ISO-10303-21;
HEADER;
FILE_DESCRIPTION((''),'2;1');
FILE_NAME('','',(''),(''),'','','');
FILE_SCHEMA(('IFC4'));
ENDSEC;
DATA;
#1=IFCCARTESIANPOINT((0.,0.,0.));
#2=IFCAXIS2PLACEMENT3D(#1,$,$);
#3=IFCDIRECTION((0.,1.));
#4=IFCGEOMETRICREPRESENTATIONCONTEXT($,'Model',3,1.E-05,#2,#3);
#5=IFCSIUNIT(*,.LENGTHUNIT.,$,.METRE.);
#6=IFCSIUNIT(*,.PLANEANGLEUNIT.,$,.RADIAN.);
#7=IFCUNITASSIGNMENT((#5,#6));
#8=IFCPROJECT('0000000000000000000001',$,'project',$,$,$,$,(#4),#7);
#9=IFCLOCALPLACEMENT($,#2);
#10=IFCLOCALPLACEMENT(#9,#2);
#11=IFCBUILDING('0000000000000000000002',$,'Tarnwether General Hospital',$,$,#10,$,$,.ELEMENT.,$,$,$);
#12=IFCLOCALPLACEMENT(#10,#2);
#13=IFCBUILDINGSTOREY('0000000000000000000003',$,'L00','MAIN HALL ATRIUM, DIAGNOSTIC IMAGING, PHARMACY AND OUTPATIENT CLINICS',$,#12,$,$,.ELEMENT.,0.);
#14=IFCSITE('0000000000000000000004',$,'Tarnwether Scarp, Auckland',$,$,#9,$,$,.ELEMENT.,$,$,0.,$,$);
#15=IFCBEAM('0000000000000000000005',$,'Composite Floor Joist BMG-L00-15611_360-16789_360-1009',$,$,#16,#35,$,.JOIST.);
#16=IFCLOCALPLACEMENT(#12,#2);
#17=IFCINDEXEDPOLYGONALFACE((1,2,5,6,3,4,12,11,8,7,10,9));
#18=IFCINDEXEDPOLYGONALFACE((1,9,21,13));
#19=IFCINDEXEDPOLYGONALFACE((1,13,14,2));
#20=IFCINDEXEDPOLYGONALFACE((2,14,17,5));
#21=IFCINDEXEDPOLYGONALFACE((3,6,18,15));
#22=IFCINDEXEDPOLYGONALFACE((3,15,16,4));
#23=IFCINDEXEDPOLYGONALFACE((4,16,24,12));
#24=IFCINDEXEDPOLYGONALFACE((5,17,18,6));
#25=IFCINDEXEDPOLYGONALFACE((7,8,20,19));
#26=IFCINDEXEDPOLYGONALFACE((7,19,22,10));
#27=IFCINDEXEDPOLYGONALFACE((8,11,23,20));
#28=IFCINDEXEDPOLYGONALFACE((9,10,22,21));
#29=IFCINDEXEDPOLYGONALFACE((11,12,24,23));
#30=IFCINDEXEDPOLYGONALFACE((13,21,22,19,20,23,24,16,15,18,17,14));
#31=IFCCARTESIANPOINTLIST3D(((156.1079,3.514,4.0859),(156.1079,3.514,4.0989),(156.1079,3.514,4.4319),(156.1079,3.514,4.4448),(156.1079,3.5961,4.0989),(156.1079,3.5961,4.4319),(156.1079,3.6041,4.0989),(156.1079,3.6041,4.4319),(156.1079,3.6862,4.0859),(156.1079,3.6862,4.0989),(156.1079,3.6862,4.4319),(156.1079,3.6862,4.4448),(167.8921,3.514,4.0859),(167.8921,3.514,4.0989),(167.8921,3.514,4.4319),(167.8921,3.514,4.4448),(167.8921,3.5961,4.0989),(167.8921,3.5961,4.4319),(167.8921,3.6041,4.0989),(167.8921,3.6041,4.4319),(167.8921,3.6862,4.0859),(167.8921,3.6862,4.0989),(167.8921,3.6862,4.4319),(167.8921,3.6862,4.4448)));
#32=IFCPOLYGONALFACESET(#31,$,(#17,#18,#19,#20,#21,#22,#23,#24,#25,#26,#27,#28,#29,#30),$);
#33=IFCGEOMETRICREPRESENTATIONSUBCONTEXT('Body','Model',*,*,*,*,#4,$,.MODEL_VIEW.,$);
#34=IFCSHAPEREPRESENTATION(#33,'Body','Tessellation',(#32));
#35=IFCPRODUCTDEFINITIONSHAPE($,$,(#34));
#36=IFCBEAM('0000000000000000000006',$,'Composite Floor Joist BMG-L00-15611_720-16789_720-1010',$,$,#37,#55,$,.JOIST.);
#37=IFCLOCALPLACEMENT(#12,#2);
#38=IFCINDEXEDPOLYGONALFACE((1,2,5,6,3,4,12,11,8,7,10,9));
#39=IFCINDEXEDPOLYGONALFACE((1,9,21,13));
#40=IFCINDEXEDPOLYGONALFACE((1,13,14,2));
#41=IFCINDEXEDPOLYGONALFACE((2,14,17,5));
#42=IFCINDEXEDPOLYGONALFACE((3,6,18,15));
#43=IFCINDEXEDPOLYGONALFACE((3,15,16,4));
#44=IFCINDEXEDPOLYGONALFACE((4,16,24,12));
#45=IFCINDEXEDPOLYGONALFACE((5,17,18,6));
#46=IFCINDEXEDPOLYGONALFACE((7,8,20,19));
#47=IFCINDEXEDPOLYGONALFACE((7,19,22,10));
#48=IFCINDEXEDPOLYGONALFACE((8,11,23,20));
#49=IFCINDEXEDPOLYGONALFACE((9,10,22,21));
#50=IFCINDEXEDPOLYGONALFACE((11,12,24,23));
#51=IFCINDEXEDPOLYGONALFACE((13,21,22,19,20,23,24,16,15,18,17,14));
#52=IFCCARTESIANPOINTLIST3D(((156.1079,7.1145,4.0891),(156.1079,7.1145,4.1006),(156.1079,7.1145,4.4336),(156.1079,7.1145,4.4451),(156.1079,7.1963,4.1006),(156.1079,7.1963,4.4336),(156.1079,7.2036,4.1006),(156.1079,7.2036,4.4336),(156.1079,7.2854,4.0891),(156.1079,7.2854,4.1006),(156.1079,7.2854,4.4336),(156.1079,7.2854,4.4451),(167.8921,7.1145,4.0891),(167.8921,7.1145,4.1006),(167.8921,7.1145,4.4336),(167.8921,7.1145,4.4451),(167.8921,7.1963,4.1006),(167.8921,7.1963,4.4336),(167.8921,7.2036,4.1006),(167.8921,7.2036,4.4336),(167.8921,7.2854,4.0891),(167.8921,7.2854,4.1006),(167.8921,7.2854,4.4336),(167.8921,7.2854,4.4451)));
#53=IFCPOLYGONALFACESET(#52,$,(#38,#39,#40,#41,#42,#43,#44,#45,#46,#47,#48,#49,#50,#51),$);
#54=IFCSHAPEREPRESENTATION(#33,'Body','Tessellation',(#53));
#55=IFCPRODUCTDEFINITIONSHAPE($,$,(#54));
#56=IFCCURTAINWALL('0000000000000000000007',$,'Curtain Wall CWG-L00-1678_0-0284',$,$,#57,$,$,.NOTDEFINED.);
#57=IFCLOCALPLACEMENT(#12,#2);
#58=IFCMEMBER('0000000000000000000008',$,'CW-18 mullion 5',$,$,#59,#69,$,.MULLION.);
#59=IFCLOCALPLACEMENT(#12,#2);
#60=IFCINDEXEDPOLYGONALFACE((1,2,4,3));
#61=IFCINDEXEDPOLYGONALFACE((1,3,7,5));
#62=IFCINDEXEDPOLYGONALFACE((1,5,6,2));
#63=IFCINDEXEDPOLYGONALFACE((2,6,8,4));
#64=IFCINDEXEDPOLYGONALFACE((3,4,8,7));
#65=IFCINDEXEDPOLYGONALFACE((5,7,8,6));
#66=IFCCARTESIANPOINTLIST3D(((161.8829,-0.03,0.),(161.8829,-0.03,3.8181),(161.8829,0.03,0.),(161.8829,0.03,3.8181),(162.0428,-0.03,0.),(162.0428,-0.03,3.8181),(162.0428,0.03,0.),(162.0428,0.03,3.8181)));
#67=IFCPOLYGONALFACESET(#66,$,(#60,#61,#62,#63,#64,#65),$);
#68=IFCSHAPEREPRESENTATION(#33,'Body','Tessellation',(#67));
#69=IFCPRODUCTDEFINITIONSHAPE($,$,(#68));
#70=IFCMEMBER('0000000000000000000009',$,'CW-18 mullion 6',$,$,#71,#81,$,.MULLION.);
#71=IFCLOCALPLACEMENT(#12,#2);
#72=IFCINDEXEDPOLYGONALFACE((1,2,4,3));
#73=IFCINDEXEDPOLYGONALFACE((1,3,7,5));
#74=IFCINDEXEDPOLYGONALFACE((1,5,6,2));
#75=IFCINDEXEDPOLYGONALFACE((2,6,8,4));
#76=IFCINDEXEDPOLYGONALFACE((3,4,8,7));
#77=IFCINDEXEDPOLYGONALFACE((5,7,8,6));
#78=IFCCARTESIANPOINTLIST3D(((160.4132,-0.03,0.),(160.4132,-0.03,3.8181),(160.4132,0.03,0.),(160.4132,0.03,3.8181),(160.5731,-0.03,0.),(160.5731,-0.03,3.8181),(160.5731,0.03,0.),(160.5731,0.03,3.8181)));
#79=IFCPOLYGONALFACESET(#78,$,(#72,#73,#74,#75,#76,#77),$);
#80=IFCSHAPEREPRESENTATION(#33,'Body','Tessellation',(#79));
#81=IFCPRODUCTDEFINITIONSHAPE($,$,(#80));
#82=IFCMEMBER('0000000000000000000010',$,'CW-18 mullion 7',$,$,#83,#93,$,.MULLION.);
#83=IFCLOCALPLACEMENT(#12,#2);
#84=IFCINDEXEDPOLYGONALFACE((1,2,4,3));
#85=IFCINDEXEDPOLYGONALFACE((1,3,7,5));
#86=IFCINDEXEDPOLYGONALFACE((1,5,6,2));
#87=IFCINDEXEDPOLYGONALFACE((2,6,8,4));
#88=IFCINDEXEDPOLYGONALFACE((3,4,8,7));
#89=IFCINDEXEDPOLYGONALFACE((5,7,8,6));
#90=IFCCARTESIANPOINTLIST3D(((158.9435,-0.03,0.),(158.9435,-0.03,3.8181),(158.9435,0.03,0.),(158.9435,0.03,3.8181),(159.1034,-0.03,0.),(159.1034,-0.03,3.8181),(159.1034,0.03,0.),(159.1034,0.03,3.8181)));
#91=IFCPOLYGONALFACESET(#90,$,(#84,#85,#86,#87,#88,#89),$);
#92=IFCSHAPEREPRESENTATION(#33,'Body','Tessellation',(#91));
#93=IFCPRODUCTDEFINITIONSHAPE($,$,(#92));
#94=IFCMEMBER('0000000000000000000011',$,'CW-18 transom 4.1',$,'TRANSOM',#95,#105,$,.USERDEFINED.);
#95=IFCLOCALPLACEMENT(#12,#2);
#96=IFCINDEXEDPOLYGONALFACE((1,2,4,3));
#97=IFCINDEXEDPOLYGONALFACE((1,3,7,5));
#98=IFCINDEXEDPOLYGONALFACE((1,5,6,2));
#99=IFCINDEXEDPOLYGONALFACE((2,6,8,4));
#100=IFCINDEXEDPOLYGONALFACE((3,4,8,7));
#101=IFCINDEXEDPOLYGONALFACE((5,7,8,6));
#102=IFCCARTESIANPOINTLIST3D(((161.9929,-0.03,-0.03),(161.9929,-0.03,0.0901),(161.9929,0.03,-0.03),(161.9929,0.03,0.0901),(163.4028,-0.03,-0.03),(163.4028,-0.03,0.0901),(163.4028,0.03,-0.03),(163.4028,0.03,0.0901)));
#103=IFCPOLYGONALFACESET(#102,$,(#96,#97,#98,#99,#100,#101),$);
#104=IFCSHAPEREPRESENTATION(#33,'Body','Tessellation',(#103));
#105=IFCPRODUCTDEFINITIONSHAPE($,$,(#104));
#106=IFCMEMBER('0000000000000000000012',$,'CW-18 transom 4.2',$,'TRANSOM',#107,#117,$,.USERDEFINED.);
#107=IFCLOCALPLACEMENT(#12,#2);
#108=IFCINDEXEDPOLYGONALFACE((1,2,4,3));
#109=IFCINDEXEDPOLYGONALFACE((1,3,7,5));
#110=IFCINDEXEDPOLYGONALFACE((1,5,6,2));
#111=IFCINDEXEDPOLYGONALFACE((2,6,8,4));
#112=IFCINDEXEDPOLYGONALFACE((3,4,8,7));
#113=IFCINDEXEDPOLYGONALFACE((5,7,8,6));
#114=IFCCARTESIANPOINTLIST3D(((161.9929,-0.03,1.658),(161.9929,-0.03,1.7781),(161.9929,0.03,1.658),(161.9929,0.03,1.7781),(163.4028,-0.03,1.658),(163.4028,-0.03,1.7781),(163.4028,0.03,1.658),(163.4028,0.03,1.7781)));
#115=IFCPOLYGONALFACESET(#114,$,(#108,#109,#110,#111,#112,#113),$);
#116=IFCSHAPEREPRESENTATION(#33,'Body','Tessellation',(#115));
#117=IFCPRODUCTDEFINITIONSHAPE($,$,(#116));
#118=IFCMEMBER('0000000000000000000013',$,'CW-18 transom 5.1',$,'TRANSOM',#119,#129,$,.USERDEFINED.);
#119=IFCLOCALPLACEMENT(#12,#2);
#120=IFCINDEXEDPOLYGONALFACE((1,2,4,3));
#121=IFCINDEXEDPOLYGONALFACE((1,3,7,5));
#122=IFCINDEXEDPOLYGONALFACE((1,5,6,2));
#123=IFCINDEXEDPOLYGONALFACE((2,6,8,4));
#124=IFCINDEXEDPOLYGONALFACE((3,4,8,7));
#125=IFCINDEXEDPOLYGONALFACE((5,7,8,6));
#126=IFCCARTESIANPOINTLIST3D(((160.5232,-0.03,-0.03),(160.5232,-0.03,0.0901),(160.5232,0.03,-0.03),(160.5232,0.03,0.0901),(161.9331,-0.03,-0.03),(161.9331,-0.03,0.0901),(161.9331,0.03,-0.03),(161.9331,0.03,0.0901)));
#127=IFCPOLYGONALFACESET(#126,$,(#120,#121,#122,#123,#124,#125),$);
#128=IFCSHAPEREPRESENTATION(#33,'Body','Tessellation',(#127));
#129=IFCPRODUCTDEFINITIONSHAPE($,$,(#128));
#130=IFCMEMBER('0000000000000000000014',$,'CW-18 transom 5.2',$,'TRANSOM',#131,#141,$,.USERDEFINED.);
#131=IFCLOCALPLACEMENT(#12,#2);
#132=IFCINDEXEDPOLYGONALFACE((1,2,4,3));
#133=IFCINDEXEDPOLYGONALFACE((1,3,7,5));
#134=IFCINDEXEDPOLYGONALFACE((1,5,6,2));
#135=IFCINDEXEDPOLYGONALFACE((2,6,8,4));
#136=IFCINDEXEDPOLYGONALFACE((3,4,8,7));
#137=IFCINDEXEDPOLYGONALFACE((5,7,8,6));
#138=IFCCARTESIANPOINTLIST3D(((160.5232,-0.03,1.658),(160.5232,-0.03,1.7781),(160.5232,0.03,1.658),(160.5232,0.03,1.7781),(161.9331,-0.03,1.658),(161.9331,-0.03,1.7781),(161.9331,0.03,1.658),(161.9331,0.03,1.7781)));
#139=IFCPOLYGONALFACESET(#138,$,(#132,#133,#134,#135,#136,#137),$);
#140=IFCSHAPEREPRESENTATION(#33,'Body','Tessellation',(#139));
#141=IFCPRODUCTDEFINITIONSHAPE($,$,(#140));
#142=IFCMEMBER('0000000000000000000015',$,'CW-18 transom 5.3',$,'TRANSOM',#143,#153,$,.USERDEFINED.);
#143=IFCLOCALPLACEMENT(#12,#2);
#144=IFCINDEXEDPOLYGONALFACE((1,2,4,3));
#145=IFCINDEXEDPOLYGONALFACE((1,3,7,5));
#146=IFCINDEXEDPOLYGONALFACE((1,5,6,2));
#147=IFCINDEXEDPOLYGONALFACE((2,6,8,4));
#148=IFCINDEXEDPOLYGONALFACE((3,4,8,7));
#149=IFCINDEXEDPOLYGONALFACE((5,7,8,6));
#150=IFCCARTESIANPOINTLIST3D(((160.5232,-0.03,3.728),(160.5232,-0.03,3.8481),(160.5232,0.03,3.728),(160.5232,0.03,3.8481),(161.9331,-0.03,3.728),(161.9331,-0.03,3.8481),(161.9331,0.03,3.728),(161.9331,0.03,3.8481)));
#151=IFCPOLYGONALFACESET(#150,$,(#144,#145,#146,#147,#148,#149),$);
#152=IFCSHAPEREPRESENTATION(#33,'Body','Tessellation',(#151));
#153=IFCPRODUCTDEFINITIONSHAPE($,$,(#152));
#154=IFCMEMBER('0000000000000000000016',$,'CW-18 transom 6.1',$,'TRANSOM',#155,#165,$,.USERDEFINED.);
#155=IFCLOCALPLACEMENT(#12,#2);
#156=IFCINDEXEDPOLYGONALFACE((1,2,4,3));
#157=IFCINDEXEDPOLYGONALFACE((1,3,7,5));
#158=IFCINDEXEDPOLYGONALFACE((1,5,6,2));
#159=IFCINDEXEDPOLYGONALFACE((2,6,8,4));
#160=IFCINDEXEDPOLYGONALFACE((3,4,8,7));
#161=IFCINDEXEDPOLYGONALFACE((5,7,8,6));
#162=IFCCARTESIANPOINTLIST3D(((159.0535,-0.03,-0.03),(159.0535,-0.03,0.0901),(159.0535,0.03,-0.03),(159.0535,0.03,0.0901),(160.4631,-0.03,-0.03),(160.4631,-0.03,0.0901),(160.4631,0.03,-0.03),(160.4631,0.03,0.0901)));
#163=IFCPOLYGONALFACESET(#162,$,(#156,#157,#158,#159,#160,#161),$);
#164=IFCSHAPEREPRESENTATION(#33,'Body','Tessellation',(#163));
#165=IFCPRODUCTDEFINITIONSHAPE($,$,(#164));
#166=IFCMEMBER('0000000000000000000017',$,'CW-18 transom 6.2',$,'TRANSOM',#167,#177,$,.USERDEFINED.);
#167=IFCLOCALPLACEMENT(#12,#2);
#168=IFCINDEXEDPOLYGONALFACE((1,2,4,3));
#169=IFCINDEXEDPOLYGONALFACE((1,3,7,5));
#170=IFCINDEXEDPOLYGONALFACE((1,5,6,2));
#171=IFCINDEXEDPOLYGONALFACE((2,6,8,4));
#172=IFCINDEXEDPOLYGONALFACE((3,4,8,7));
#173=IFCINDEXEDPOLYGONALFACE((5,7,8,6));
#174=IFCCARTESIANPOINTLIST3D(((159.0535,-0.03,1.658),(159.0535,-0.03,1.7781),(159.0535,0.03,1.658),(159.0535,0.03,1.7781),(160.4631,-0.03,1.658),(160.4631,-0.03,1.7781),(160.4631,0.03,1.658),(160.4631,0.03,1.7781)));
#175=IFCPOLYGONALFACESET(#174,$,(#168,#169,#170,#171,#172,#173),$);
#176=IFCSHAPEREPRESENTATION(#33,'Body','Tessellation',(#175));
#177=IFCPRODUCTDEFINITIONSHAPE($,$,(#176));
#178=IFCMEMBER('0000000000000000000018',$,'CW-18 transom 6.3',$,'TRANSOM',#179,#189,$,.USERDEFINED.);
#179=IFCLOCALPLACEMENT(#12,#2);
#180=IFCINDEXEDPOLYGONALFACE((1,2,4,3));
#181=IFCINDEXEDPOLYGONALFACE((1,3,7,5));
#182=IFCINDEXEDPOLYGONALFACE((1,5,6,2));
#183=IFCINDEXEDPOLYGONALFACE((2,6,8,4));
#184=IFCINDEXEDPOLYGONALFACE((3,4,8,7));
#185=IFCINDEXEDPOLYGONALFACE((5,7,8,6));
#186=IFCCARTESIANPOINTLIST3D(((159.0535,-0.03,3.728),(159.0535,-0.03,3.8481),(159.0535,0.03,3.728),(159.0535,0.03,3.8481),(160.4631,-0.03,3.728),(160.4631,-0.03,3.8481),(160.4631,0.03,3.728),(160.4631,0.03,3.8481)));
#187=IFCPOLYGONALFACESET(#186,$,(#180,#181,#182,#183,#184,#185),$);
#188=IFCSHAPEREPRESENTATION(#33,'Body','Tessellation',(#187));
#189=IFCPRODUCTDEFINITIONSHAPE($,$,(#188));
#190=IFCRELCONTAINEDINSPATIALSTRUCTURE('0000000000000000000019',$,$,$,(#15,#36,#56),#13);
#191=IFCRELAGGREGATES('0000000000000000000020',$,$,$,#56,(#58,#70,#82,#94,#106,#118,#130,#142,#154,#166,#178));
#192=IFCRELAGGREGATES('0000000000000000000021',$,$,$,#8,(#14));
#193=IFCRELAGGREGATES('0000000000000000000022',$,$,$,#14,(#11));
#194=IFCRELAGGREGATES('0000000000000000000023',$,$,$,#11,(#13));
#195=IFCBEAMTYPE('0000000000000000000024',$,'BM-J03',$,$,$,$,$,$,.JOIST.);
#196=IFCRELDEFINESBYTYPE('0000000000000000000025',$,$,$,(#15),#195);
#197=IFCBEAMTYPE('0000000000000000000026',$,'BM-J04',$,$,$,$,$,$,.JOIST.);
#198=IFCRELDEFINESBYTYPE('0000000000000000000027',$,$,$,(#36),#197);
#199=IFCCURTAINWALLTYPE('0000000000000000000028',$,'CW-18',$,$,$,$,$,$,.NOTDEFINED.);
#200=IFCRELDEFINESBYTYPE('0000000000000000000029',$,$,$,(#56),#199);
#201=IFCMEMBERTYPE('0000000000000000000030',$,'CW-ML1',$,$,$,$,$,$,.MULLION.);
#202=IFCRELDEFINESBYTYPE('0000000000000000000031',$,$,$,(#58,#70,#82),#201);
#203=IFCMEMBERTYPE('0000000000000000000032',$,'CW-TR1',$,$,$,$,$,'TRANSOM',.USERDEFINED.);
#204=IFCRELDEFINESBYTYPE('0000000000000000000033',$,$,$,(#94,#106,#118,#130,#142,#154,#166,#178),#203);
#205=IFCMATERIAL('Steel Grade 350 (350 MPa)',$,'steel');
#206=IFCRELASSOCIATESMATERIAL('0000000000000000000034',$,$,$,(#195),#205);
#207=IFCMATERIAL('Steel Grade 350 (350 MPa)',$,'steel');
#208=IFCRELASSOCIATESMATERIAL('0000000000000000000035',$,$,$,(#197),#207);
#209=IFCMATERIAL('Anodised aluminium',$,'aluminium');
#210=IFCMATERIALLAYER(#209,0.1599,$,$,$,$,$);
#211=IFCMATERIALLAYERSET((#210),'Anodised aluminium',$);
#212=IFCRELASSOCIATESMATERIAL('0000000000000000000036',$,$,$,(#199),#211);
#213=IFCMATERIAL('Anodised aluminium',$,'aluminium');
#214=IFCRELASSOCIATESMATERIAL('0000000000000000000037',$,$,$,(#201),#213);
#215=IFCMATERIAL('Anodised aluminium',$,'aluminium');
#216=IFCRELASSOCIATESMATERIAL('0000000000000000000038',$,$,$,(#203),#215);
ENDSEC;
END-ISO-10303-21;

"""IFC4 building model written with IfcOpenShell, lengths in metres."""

from ifc_helpers import new_model, si_unit, direction, frame, origin, origin_2d, place, context, subcontext, project, spatial, rectangle, i_section, extrude, material, layer, layer_set, material_profile, profile_set, type_object, element, aggregate, save


model = new_model("IFC4")

# Units and contexts
model_context = context("Model", 3, precision=1e-05, world=origin(), true_north=direction((0.0, 1.0)))
body_context = subcontext(model_context, "Body", "Model", "MODEL_VIEW")
ifc_project = project(units=[si_unit("LENGTHUNIT", "METRE"), si_unit("PLANEANGLEUNIT", "RADIAN")], contexts=[model_context])

# Site, building, storey
site_placement = place(None, origin())
site = spatial("IfcSite", under=ifc_project, at=site_placement, Name="Tarnwether Scarp, Auckland", CompositionType="ELEMENT", RefElevation=0.0)
building_placement = place(site_placement, origin())
building = spatial("IfcBuilding", under=site, at=building_placement, Name="Tarnwether General Hospital", CompositionType="ELEMENT")
storey_placement = place(building_placement, origin())
storey = spatial("IfcBuildingStorey", under=building, at=storey_placement, Name="L00", Description="MAIN HALL ATRIUM, DIAGNOSTIC IMAGING, PHARMACY AND OUTPATIENT CLINICS", CompositionType="ELEMENT", Elevation=0.0)

# Beams
ifc_material_1 = material(Name="Steel Grade 350 (350 MPa)", Category="steel")
ifc_material_profile_1 = material_profile(ifc_material_1, i_section(OverallWidth=0.1721, OverallDepth=0.3589, WebThickness=0.0081, FlangeThickness=0.0129, at=origin_2d()), Name="360UB56.7")
ifc_profile_set_1 = profile_set([ifc_material_profile_1], Name="Steel Grade 350 (350 MPa)")
beam_type_1 = type_object("IfcBeamType", Name="BM-J03", PredefinedType="JOIST", material=ifc_profile_set_1)
beam_1_placement = place(storey_placement, frame((156.1079, 3.6001, 4.2654), z_axis=(1.0, 0.0, 0.0), x_axis=(0.0, 1.0, 0.0)))
element("IfcBeam", 1, at=beam_1_placement, inside=storey, type_object=beam_type_1, Name="Composite Floor Joist BMG-L00-15611_360-16789_360-1009", PredefinedType="JOIST", context=body_context, shape_type="SweptSolid", body=[
    extrude(i_section(OverallWidth=0.1721, OverallDepth=0.3589, WebThickness=0.0081, FlangeThickness=0.0129, at=origin_2d()), origin(), (0.0, 0.0, 1.0), 11.7842),
])
ifc_material_2 = material(Name="Steel Grade 350 (350 MPa)", Category="steel")
ifc_material_profile_2 = material_profile(ifc_material_2, i_section(OverallWidth=0.1709, OverallDepth=0.356, WebThickness=0.0073, FlangeThickness=0.0115, at=origin_2d()), Name="360UB50.7")
ifc_profile_set_2 = profile_set([ifc_material_profile_2], Name="Steel Grade 350 (350 MPa)")
beam_type_2 = type_object("IfcBeamType", Name="BM-J04", PredefinedType="JOIST", material=ifc_profile_set_2)
beam_2_placement = place(storey_placement, frame((156.1079, 7.2, 4.2671), z_axis=(1.0, 0.0, 0.0), x_axis=(0.0, 1.0, 0.0)))
element("IfcBeam", 2, at=beam_2_placement, inside=storey, type_object=beam_type_2, Name="Composite Floor Joist BMG-L00-15611_720-16789_720-1010", PredefinedType="JOIST", context=body_context, shape_type="SweptSolid", body=[
    extrude(i_section(OverallWidth=0.1709, OverallDepth=0.356, WebThickness=0.0073, FlangeThickness=0.0115, at=origin_2d()), origin(), (0.0, 0.0, 1.0), 11.7842),
])

# Curtain wall, members
ifc_material_3 = material(Name="Anodised aluminium", Category="aluminium")
ifc_layer_1 = layer(ifc_material_3, 0.1599)
ifc_layer_set_1 = layer_set([ifc_layer_1], Name="Anodised aluminium")
curtain_wall_type = type_object("IfcCurtainWallType", Name="CW-18", PredefinedType="NOTDEFINED", material=ifc_layer_set_1)
curtain_wall_placement = place(storey_placement, origin())
curtain_wall = element("IfcCurtainWall", 3, at=curtain_wall_placement, inside=storey, type_object=curtain_wall_type, Name="Curtain Wall CWG-L00-1678_0-0284", PredefinedType="NOTDEFINED")
ifc_material_4 = material(Name="Anodised aluminium", Category="aluminium")
ifc_material_profile_3 = material_profile(ifc_material_4, rectangle(XDim=0.0601, YDim=0.1599, at=origin_2d()), Name="ALU-MUL-60x160")
ifc_profile_set_3 = profile_set([ifc_material_profile_3], Name="Anodised aluminium")
member_type_1 = type_object("IfcMemberType", Name="CW-ML1", PredefinedType="MULLION", material=ifc_profile_set_3)
member_1_placement = place(storey_placement, frame((161.9629, 0.0, 0.0), z_axis=(0.0, 0.0, 1.0), x_axis=(0.0, -1.0, 0.0)))
member_1 = element("IfcMember", 4, at=member_1_placement, type_object=member_type_1, Name="CW-18 mullion 5", PredefinedType="MULLION", context=body_context, shape_type="SweptSolid", body=[
    extrude(rectangle(XDim=0.0601, YDim=0.1599, at=origin_2d()), origin(), (0.0, 0.0, 1.0), 3.8181),
])
member_2_placement = place(storey_placement, frame((160.4932, 0.0, 0.0), z_axis=(0.0, 0.0, 1.0), x_axis=(0.0, -1.0, 0.0)))
member_2 = element("IfcMember", 5, at=member_2_placement, type_object=member_type_1, Name="CW-18 mullion 6", PredefinedType="MULLION", context=body_context, shape_type="SweptSolid", body=[
    extrude(rectangle(XDim=0.0601, YDim=0.1599, at=origin_2d()), origin(), (0.0, 0.0, 1.0), 3.8181),
])
member_3_placement = place(storey_placement, frame((159.0234, 0.0, 0.0), z_axis=(0.0, 0.0, 1.0), x_axis=(0.0, -1.0, 0.0)))
member_3 = element("IfcMember", 6, at=member_3_placement, type_object=member_type_1, Name="CW-18 mullion 7", PredefinedType="MULLION", context=body_context, shape_type="SweptSolid", body=[
    extrude(rectangle(XDim=0.0601, YDim=0.1599, at=origin_2d()), origin(), (0.0, 0.0, 1.0), 3.8181),
])
ifc_material_5 = material(Name="Anodised aluminium", Category="aluminium")
ifc_material_profile_4 = material_profile(ifc_material_5, rectangle(XDim=0.0601, YDim=0.1201, at=origin_2d()), Name="ALU-TRN-60x120")
ifc_profile_set_4 = profile_set([ifc_material_profile_4], Name="Anodised aluminium")
member_type_2 = type_object("IfcMemberType", Name="CW-TR1", ElementType="TRANSOM", PredefinedType="USERDEFINED", material=ifc_profile_set_4)
member_4_placement = place(storey_placement, frame((163.4028, 0.0, 0.03), z_axis=(-1.0, 0.0, 0.0), x_axis=(0.0, -1.0, 0.0)))
member_4 = element("IfcMember", 7, at=member_4_placement, type_object=member_type_2, Name="CW-18 transom 4.1", ObjectType="TRANSOM", PredefinedType="USERDEFINED", context=body_context, shape_type="SweptSolid", body=[
    extrude(rectangle(XDim=0.0601, YDim=0.1201, at=origin_2d()), origin(), (0.0, 0.0, 1.0), 1.4099),
])
member_5_placement = place(storey_placement, frame((163.4028, 0.0, 1.718), z_axis=(-1.0, 0.0, 0.0), x_axis=(0.0, -1.0, 0.0)))
member_5 = element("IfcMember", 8, at=member_5_placement, type_object=member_type_2, Name="CW-18 transom 4.2", ObjectType="TRANSOM", PredefinedType="USERDEFINED", context=body_context, shape_type="SweptSolid", body=[
    extrude(rectangle(XDim=0.0601, YDim=0.1201, at=origin_2d()), origin(), (0.0, 0.0, 1.0), 1.4099),
])
member_6_placement = place(storey_placement, frame((161.9331, 0.0, 0.03), z_axis=(-1.0, 0.0, 0.0), x_axis=(0.0, -1.0, 0.0)))
member_6 = element("IfcMember", 9, at=member_6_placement, type_object=member_type_2, Name="CW-18 transom 5.1", ObjectType="TRANSOM", PredefinedType="USERDEFINED", context=body_context, shape_type="SweptSolid", body=[
    extrude(rectangle(XDim=0.0601, YDim=0.1201, at=origin_2d()), origin(), (0.0, 0.0, 1.0), 1.4099),
])
member_7_placement = place(storey_placement, frame((161.9331, 0.0, 1.718), z_axis=(-1.0, 0.0, 0.0), x_axis=(0.0, -1.0, 0.0)))
member_7 = element("IfcMember", 10, at=member_7_placement, type_object=member_type_2, Name="CW-18 transom 5.2", ObjectType="TRANSOM", PredefinedType="USERDEFINED", context=body_context, shape_type="SweptSolid", body=[
    extrude(rectangle(XDim=0.0601, YDim=0.1201, at=origin_2d()), origin(), (0.0, 0.0, 1.0), 1.4099),
])
member_8_placement = place(storey_placement, frame((161.9331, 0.0, 3.7881), z_axis=(-1.0, 0.0, 0.0), x_axis=(0.0, -1.0, 0.0)))
member_8 = element("IfcMember", 11, at=member_8_placement, type_object=member_type_2, Name="CW-18 transom 5.3", ObjectType="TRANSOM", PredefinedType="USERDEFINED", context=body_context, shape_type="SweptSolid", body=[
    extrude(rectangle(XDim=0.0601, YDim=0.1201, at=origin_2d()), origin(), (0.0, 0.0, 1.0), 1.4099),
])
member_9_placement = place(storey_placement, frame((160.4631, 0.0, 0.03), z_axis=(-1.0, 0.0, 0.0), x_axis=(0.0, -1.0, 0.0)))
member_9 = element("IfcMember", 12, at=member_9_placement, type_object=member_type_2, Name="CW-18 transom 6.1", ObjectType="TRANSOM", PredefinedType="USERDEFINED", context=body_context, shape_type="SweptSolid", body=[
    extrude(rectangle(XDim=0.0601, YDim=0.1201, at=origin_2d()), origin(), (0.0, 0.0, 1.0), 1.4097),
])
member_10_placement = place(storey_placement, frame((160.4631, 0.0, 1.718), z_axis=(-1.0, 0.0, 0.0), x_axis=(0.0, -1.0, 0.0)))
member_10 = element("IfcMember", 13, at=member_10_placement, type_object=member_type_2, Name="CW-18 transom 6.2", ObjectType="TRANSOM", PredefinedType="USERDEFINED", context=body_context, shape_type="SweptSolid", body=[
    extrude(rectangle(XDim=0.0601, YDim=0.1201, at=origin_2d()), origin(), (0.0, 0.0, 1.0), 1.4097),
])
member_11_placement = place(storey_placement, frame((160.4631, 0.0, 3.7881), z_axis=(-1.0, 0.0, 0.0), x_axis=(0.0, -1.0, 0.0)))
member_11 = element("IfcMember", 14, at=member_11_placement, type_object=member_type_2, Name="CW-18 transom 6.3", ObjectType="TRANSOM", PredefinedType="USERDEFINED", context=body_context, shape_type="SweptSolid", body=[
    extrude(rectangle(XDim=0.0601, YDim=0.1201, at=origin_2d()), origin(), (0.0, 0.0, 1.0), 1.4097),
])
aggregate(curtain_wall, [member_1, member_2, member_3, member_4, member_5, member_6, member_7, member_8, member_9, member_10, member_11])

save(model, "model.ifc")
